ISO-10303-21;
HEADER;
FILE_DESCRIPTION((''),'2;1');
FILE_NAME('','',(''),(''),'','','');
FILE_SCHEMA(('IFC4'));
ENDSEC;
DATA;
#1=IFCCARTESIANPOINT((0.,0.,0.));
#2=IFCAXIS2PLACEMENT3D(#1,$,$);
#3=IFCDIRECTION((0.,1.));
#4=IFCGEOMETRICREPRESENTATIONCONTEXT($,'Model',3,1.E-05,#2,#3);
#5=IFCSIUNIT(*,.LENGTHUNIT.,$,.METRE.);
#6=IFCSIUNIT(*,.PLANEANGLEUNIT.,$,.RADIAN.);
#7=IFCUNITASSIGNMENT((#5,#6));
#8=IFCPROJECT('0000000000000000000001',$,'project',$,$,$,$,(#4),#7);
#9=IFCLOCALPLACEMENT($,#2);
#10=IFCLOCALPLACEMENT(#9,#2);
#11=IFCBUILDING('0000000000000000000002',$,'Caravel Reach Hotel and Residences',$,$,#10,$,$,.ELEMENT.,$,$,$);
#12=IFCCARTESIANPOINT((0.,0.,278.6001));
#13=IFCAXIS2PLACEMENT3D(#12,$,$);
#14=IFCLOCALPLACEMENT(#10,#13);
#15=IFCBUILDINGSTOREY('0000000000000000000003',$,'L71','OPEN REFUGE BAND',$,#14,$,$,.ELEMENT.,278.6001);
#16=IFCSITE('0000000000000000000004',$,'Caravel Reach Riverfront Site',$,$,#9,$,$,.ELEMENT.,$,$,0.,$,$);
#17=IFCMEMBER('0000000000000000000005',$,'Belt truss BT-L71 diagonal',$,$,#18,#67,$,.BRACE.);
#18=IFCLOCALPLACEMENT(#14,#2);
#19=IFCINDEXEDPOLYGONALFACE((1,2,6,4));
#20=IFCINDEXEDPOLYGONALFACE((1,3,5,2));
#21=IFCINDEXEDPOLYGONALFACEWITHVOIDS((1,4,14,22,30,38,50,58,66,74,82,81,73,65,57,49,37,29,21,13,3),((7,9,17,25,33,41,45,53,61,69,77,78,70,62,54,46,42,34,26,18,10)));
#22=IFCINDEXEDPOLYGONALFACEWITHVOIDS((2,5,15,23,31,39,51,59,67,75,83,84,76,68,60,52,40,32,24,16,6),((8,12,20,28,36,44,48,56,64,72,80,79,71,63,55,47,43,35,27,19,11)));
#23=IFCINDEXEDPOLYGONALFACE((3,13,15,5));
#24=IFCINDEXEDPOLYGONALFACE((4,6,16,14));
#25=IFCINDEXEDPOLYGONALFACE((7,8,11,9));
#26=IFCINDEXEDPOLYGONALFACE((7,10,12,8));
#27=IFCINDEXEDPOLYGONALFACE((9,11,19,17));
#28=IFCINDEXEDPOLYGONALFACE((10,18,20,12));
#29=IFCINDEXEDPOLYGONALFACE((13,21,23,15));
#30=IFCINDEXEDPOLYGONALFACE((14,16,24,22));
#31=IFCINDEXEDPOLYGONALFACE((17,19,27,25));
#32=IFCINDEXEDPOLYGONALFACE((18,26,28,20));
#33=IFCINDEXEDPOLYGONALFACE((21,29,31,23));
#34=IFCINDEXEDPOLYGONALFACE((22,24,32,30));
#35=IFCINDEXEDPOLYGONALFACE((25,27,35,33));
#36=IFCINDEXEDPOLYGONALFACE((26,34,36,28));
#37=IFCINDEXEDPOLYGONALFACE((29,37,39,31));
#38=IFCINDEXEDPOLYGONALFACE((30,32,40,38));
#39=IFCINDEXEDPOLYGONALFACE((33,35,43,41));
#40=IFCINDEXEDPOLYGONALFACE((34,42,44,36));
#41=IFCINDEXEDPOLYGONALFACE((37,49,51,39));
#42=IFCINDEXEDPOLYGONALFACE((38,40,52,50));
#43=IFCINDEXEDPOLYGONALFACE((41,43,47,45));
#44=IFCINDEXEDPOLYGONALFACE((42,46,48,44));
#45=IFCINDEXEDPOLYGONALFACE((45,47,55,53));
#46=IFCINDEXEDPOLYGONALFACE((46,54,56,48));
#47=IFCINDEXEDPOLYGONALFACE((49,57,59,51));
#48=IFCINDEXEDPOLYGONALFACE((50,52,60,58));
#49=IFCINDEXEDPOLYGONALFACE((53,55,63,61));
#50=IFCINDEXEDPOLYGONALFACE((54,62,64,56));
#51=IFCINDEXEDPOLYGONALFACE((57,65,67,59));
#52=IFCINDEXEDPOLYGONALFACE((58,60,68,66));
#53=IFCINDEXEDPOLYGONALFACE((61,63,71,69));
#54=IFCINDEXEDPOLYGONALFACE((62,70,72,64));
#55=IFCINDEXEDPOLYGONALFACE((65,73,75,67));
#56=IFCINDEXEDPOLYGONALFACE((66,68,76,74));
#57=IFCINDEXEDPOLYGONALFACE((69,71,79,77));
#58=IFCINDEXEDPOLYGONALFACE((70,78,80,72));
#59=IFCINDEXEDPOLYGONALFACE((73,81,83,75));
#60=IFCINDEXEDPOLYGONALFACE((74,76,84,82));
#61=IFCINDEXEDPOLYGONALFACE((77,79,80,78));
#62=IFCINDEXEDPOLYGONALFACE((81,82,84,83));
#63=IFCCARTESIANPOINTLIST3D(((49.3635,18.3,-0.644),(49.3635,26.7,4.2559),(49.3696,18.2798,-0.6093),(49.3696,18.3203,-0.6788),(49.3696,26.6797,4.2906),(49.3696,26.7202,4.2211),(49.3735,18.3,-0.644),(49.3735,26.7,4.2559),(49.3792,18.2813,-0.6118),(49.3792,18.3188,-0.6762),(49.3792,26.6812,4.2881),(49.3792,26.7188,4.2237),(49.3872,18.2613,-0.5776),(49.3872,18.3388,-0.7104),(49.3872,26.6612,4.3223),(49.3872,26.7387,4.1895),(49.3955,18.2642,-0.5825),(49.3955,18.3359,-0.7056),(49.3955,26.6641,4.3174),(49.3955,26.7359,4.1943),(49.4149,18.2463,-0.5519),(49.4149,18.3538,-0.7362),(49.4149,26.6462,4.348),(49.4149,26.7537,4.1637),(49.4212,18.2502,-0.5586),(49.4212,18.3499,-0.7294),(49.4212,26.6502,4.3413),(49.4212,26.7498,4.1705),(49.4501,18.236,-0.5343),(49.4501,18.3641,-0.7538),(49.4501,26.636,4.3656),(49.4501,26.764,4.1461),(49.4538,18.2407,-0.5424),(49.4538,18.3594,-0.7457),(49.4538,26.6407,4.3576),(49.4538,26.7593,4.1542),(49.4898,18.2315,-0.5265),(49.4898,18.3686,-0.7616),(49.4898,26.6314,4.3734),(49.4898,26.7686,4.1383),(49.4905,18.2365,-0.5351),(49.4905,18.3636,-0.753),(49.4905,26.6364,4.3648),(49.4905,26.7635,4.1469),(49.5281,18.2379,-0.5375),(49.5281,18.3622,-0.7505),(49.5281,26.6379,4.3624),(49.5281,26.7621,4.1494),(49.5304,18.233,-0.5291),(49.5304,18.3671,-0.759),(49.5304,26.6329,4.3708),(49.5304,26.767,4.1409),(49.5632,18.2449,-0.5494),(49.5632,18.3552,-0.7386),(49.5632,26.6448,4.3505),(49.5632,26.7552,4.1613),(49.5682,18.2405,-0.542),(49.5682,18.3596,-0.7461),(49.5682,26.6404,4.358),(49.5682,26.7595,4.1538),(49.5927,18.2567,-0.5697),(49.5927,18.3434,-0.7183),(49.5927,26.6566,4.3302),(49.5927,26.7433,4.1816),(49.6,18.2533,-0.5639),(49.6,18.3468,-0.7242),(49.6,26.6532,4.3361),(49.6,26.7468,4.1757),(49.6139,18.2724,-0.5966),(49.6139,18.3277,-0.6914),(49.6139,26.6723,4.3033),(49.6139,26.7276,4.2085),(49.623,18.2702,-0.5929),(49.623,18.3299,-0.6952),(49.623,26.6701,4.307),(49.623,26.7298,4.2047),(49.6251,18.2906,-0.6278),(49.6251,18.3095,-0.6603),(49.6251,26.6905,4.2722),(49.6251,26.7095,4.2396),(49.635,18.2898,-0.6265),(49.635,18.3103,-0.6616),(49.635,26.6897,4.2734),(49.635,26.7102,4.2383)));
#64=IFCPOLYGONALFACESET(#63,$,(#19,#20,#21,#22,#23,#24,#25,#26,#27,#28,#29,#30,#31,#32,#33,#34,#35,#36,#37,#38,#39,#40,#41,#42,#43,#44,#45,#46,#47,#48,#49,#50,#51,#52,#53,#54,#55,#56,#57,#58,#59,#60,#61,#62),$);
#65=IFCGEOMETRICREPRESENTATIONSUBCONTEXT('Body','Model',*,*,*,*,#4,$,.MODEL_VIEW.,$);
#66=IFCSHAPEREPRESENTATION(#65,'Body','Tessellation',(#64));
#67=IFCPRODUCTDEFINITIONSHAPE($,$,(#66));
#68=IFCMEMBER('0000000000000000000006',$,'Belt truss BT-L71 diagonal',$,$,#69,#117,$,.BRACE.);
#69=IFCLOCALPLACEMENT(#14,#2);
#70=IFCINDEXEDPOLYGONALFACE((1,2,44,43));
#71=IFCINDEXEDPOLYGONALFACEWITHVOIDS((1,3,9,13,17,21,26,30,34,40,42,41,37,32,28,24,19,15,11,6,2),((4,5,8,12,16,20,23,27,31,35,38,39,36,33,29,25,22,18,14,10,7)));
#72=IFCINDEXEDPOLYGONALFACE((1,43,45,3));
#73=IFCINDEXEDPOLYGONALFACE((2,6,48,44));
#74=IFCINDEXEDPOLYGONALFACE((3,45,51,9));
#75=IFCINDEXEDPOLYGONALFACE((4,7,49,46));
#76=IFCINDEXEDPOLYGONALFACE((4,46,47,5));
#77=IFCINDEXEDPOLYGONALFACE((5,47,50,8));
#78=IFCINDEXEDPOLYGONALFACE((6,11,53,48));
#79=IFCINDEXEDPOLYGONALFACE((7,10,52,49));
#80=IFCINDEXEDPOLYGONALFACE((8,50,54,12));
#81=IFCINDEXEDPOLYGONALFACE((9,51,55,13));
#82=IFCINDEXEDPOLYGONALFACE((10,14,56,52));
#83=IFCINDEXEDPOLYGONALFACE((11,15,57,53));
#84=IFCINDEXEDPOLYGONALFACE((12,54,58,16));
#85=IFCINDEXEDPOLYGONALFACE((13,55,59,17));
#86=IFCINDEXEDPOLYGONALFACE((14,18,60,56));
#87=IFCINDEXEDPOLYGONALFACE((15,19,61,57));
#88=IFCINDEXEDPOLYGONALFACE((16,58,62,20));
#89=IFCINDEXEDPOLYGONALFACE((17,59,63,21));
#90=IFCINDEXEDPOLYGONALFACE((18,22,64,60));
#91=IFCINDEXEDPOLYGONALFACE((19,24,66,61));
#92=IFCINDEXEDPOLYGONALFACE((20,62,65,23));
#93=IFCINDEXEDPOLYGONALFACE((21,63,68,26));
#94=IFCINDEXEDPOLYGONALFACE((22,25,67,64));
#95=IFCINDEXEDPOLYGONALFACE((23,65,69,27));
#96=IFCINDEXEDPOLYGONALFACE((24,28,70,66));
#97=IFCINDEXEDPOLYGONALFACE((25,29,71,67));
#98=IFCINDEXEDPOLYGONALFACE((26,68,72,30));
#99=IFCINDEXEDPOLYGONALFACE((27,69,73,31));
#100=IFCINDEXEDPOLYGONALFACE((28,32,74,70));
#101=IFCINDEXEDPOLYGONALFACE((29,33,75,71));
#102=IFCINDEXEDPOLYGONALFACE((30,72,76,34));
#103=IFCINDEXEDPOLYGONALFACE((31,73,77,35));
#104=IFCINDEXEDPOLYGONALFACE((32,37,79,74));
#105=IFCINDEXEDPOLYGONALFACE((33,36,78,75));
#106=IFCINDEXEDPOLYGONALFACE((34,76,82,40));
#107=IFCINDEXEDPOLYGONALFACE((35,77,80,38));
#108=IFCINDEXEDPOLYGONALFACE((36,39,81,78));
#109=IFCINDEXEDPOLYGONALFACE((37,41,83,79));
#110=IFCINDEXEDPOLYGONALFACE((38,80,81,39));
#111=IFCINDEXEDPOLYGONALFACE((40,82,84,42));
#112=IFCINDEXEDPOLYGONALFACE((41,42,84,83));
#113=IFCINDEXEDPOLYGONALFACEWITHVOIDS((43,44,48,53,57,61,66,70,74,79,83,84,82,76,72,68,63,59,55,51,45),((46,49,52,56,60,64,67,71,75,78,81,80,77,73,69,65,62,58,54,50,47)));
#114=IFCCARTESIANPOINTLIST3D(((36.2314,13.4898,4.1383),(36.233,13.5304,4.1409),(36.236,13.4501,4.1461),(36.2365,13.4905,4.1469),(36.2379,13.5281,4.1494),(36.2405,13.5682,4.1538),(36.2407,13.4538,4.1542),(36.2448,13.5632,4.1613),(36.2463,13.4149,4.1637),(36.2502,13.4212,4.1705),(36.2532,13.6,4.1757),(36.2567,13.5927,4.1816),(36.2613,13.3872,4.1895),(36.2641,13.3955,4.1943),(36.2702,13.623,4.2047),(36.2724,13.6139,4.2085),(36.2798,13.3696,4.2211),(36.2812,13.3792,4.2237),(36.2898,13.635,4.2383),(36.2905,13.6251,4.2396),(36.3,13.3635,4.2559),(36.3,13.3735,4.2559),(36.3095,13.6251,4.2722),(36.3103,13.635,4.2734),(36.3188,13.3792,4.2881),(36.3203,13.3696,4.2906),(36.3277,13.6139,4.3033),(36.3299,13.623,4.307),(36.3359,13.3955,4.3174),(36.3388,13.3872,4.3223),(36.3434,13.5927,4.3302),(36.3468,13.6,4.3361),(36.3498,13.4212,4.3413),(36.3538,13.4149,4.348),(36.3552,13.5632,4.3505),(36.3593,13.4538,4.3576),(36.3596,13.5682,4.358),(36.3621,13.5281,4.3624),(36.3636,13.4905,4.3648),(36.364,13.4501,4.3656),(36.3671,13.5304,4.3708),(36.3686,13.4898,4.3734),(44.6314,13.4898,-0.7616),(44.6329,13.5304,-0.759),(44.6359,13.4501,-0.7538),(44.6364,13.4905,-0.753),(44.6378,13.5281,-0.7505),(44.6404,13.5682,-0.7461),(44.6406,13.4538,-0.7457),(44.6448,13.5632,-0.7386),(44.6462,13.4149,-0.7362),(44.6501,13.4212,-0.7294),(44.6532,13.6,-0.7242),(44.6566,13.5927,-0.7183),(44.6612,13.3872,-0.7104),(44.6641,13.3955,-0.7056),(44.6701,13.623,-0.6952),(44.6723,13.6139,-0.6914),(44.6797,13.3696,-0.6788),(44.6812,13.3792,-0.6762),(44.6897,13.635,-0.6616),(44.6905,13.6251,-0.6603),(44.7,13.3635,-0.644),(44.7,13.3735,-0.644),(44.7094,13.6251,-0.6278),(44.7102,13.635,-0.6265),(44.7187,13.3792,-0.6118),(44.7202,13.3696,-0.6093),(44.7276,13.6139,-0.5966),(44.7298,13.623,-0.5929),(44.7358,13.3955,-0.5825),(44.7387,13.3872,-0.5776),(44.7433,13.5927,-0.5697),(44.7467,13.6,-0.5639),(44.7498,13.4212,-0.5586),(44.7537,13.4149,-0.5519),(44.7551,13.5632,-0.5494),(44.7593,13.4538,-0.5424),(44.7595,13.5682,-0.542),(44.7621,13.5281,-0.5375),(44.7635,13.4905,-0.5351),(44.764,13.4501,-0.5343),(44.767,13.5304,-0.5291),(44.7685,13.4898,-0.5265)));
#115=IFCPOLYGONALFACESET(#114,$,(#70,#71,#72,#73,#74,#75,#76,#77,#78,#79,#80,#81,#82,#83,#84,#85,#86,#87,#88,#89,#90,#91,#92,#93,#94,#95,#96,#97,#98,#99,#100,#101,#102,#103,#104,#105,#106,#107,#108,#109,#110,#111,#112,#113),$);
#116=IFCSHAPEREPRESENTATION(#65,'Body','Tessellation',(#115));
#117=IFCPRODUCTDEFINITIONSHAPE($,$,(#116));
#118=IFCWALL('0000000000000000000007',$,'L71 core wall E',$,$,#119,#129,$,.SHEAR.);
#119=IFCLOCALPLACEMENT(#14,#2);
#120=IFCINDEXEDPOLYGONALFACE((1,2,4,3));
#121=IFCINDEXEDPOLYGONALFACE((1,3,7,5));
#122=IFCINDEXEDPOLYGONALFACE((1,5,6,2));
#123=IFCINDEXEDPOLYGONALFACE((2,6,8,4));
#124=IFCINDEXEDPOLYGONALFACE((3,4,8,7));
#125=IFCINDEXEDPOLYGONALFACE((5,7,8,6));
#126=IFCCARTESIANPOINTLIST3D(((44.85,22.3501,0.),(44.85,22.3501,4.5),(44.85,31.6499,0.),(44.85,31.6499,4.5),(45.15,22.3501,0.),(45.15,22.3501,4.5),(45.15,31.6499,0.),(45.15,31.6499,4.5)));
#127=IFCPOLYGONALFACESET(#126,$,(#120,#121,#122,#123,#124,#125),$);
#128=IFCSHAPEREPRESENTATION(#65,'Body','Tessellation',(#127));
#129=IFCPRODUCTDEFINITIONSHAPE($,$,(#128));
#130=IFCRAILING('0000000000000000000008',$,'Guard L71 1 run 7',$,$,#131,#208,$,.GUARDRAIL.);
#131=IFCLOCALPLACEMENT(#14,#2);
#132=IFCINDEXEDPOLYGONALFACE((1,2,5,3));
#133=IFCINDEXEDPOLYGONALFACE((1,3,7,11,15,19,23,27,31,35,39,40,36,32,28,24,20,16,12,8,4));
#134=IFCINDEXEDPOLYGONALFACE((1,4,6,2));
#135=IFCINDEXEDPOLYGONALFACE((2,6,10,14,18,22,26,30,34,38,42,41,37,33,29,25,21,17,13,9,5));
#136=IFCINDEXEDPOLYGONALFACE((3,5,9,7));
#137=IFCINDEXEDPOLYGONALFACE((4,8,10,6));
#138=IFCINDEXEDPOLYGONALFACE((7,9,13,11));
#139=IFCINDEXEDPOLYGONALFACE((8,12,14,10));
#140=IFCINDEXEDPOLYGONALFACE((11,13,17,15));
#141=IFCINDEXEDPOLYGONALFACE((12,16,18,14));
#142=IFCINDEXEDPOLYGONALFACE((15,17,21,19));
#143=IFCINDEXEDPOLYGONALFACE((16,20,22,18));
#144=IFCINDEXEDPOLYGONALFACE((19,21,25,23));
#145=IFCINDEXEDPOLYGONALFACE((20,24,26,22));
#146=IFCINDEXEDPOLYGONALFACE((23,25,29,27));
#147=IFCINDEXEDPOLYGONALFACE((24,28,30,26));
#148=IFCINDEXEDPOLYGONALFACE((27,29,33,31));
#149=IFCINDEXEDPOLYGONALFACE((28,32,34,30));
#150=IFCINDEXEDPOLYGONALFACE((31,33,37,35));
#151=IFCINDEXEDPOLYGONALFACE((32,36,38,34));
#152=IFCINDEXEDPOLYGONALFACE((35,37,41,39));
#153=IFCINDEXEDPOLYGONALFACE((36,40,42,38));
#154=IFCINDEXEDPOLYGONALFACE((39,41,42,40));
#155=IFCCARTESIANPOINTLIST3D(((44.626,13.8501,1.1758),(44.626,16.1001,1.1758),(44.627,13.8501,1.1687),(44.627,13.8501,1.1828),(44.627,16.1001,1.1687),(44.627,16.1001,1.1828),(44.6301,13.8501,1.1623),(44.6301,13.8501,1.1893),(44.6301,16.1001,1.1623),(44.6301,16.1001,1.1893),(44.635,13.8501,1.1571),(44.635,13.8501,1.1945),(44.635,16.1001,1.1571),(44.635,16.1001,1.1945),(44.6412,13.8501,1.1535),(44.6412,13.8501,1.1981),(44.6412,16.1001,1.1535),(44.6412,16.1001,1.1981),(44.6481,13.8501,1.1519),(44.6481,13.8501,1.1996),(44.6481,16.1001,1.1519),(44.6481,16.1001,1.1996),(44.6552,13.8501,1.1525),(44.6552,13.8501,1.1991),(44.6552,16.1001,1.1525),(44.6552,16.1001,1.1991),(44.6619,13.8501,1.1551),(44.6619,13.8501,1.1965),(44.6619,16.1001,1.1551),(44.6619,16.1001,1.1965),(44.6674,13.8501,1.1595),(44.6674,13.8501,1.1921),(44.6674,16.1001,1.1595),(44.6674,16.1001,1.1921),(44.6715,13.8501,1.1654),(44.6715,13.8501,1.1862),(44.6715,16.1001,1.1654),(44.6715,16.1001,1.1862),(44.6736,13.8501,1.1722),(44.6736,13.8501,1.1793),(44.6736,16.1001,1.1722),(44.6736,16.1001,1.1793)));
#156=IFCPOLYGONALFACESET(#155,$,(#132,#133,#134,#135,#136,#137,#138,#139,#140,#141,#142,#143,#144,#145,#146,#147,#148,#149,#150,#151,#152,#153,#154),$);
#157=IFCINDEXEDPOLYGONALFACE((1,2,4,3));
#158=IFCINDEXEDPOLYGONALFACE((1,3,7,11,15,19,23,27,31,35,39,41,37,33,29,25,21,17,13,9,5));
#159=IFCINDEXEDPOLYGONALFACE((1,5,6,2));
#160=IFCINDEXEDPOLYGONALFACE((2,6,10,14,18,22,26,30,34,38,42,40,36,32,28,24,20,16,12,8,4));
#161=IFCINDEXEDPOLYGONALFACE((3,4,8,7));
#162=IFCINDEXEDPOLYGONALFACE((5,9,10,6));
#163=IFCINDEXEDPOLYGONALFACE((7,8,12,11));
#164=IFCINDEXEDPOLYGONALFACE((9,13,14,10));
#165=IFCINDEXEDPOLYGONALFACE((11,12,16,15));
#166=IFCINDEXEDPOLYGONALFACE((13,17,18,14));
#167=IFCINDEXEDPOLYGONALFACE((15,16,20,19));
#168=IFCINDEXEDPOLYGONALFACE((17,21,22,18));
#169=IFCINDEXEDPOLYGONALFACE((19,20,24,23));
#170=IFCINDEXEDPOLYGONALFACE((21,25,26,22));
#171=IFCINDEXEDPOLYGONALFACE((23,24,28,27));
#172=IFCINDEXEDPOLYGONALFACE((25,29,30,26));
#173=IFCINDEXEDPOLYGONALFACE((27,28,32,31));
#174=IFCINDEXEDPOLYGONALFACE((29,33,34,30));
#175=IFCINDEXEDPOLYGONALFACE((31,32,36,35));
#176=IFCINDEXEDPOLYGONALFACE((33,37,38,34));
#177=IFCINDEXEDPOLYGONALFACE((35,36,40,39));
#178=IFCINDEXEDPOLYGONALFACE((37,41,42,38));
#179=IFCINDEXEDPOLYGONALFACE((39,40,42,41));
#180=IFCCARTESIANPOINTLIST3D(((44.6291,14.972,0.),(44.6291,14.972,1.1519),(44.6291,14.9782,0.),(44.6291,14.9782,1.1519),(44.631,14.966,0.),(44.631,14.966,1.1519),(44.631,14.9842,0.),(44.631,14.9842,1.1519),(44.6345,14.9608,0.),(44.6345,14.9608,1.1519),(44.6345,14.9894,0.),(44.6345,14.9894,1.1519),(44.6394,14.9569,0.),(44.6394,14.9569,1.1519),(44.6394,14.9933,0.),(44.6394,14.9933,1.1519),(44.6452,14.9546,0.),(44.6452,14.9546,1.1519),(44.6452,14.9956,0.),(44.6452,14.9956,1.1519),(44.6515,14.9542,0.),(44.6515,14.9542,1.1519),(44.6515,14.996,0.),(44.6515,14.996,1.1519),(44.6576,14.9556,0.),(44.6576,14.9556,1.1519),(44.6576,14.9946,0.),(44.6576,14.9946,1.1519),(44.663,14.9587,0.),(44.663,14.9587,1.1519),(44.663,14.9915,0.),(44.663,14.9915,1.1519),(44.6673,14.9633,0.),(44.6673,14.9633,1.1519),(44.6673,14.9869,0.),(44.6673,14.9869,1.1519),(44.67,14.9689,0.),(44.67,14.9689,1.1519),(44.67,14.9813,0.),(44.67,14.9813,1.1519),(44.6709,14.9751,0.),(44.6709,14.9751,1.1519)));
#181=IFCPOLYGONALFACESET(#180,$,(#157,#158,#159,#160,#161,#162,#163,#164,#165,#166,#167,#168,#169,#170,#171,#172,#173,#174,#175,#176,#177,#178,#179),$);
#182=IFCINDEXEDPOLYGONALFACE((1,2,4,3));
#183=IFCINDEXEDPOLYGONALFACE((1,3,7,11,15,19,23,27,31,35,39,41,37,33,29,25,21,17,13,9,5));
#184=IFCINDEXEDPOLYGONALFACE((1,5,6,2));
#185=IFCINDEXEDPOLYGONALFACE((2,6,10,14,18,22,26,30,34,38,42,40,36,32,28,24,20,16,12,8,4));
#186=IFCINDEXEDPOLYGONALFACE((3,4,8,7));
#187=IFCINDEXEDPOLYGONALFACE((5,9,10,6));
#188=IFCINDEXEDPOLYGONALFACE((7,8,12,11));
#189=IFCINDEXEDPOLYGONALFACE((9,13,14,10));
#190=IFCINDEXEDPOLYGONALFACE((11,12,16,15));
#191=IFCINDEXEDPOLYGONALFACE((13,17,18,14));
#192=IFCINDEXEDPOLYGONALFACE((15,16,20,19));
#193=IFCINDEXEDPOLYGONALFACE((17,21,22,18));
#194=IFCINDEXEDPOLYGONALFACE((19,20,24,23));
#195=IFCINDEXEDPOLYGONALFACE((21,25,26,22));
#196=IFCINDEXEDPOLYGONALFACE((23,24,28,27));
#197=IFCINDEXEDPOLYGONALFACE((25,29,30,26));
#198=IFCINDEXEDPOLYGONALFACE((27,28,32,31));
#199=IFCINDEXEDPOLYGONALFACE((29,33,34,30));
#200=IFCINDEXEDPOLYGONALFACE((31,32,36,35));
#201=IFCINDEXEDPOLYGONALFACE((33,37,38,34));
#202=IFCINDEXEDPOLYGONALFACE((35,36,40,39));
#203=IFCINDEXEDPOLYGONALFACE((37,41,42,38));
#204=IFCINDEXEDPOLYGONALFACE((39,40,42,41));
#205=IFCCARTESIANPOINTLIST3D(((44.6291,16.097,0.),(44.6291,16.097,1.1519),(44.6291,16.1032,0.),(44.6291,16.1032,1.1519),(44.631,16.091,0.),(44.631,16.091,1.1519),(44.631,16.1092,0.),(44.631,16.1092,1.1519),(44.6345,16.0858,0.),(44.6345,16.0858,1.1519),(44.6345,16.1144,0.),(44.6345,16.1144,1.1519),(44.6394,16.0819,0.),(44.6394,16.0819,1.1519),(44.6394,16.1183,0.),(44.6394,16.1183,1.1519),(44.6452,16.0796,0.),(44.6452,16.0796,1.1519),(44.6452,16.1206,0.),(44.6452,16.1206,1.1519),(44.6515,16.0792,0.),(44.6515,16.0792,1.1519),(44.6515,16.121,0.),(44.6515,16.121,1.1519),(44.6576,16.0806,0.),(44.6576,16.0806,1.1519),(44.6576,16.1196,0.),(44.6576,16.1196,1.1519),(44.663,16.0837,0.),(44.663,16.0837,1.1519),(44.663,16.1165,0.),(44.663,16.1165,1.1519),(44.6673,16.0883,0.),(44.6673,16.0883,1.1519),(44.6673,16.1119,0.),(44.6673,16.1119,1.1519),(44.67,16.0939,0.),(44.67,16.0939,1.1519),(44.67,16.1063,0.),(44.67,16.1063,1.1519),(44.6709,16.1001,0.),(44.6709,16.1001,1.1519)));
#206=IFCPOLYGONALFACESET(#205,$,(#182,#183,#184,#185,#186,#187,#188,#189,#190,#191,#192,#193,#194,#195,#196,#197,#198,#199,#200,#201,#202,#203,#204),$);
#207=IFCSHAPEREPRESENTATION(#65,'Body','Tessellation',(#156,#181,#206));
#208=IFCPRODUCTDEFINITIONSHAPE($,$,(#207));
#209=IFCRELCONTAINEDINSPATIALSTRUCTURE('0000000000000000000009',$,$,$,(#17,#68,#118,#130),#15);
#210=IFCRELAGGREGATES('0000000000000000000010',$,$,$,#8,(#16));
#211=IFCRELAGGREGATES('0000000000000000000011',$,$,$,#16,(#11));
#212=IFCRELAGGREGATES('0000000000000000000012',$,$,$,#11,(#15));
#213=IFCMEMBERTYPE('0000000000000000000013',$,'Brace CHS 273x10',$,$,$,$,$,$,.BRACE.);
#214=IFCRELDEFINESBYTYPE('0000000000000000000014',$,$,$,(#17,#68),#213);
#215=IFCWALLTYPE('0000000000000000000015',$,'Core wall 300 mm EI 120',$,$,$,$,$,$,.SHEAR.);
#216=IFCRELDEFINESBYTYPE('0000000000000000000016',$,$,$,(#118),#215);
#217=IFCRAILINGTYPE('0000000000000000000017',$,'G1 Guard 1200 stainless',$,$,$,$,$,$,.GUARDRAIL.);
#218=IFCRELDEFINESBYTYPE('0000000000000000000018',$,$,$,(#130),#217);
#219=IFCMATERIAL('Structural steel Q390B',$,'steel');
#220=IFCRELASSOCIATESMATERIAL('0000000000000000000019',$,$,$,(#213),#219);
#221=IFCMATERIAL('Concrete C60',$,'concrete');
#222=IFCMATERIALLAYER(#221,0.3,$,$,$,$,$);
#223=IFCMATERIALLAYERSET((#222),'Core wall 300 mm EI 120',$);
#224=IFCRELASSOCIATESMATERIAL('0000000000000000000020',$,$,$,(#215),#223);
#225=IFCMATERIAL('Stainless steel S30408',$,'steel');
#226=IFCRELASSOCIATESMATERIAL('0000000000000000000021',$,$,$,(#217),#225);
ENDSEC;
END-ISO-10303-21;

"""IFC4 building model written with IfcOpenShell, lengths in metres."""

from ifc_helpers import new_model, si_unit, direction, frame, frame_2d, origin, origin_2d, place, context, subcontext, project, spatial, rectangle, circle, hollow_circle, extrude, material, layer, layer_set, material_profile, profile_set, type_object, element, save


model = new_model("IFC4")

# Units and contexts
model_context = context("Model", 3, precision=1e-05, world=origin(), true_north=direction((0.0, 1.0)))
body_context = subcontext(model_context, "Body", "Model", "MODEL_VIEW")
ifc_project = project(units=[si_unit("LENGTHUNIT", "METRE"), si_unit("PLANEANGLEUNIT", "RADIAN")], contexts=[model_context])

# Site, building, storey
site_placement = place(None, origin())
site = spatial("IfcSite", under=ifc_project, at=site_placement, Name="Caravel Reach Riverfront Site", CompositionType="ELEMENT", RefElevation=0.0)
building_placement = place(site_placement, origin())
building = spatial("IfcBuilding", under=site, at=building_placement, Name="Caravel Reach Hotel and Residences", CompositionType="ELEMENT")
storey_placement = place(building_placement, frame((0.0, 0.0, 278.6001)))
storey = spatial("IfcBuildingStorey", under=building, at=storey_placement, Name="L71", Description="OPEN REFUGE BAND", CompositionType="ELEMENT", Elevation=278.6001)

# Members
ifc_material_1 = material(Name="Structural steel Q390B", Category="steel")
ifc_material_profile_1 = material_profile(ifc_material_1, hollow_circle(Radius=0.1365, WallThickness=0.01, at=origin_2d()), Name="CHS 273x10")
ifc_profile_set_1 = profile_set([ifc_material_profile_1], Name="Structural steel Q390B")
member_type = type_object("IfcMemberType", Name="Brace CHS 273x10", PredefinedType="BRACE", material=ifc_profile_set_1)
for number, where, z_axis, x_axis, name in (
    (1, (49.5, 18.3, -0.644), (0.0, 0.863781, 0.503868), (-1.0, 0.0, 0.0), "Belt truss BT-L71 diagonal"),
    (2, (44.7, 13.5, -0.644), (-0.863781, 0.0, 0.503868), (0.0, -1.0, 0.0), "Belt truss BT-L71 diagonal"),
):
    element("IfcMember", number, at=place(storey_placement, frame(where, z_axis=z_axis, x_axis=x_axis)), inside=storey, type_object=member_type, Name=name, PredefinedType="BRACE", context=body_context, shape_type="SweptSolid", body=[
        extrude(hollow_circle(Radius=0.1365, WallThickness=0.01, at=origin_2d()), origin(), (0.0, 0.0, 1.0), 9.7246),
    ])

# Wall
ifc_material_2 = material(Name="Concrete C60", Category="concrete")
ifc_layer = layer(ifc_material_2, 0.3)
ifc_layer_set = layer_set([ifc_layer], Name="Core wall 300 mm EI 120")
wall_type = type_object("IfcWallType", Name="Core wall 300 mm EI 120", PredefinedType="SHEAR", material=ifc_layer_set)
wall_placement = place(storey_placement, frame((45.0, 22.3501, 0.0), z_axis=(0.0, 0.0, 1.0), x_axis=(0.0, 1.0, 0.0)))
element("IfcWall", 3, at=wall_placement, inside=storey, type_object=wall_type, Name="L71 core wall E", PredefinedType="SHEAR", context=body_context, shape_type="SweptSolid", body=[
    extrude(rectangle(XDim=9.2998, YDim=0.3, at=frame_2d((4.6499, 0.0))), origin(), (0.0, 0.0, 1.0), 4.5),
])

# Railing
ifc_material_3 = material(Name="Stainless steel S30408", Category="steel")
railing_type_1 = type_object("IfcRailingType", Name="G1 Guard 1200 stainless", PredefinedType="GUARDRAIL", material=ifc_material_3)
railing_1_placement = place(storey_placement, frame((44.6499, 13.8501, 0.0)))
element("IfcRailing", 4, at=railing_1_placement, inside=storey, type_object=railing_type_1, Name="Guard L71 1 run 7", PredefinedType="GUARDRAIL", context=body_context, shape_type="SweptSolid", body=[
    extrude(circle(Radius=0.0239, at=origin_2d()), frame((0.0, 0.0, 1.1758), z_axis=(0.0, 1.0, 0.0), x_axis=(-1.0, 0.0, 0.0)), (0.0, 0.0, 1.0), 2.25),
    extrude(circle(Radius=0.021, at=origin_2d()), frame((0.0, 1.125, 0.0)), (0.0, 0.0, 1.0), 1.1519),
    extrude(circle(Radius=0.021, at=origin_2d()), frame((0.0, 2.25, 0.0)), (0.0, 0.0, 1.0), 1.1519),
])

save(model, "model.ifc")
